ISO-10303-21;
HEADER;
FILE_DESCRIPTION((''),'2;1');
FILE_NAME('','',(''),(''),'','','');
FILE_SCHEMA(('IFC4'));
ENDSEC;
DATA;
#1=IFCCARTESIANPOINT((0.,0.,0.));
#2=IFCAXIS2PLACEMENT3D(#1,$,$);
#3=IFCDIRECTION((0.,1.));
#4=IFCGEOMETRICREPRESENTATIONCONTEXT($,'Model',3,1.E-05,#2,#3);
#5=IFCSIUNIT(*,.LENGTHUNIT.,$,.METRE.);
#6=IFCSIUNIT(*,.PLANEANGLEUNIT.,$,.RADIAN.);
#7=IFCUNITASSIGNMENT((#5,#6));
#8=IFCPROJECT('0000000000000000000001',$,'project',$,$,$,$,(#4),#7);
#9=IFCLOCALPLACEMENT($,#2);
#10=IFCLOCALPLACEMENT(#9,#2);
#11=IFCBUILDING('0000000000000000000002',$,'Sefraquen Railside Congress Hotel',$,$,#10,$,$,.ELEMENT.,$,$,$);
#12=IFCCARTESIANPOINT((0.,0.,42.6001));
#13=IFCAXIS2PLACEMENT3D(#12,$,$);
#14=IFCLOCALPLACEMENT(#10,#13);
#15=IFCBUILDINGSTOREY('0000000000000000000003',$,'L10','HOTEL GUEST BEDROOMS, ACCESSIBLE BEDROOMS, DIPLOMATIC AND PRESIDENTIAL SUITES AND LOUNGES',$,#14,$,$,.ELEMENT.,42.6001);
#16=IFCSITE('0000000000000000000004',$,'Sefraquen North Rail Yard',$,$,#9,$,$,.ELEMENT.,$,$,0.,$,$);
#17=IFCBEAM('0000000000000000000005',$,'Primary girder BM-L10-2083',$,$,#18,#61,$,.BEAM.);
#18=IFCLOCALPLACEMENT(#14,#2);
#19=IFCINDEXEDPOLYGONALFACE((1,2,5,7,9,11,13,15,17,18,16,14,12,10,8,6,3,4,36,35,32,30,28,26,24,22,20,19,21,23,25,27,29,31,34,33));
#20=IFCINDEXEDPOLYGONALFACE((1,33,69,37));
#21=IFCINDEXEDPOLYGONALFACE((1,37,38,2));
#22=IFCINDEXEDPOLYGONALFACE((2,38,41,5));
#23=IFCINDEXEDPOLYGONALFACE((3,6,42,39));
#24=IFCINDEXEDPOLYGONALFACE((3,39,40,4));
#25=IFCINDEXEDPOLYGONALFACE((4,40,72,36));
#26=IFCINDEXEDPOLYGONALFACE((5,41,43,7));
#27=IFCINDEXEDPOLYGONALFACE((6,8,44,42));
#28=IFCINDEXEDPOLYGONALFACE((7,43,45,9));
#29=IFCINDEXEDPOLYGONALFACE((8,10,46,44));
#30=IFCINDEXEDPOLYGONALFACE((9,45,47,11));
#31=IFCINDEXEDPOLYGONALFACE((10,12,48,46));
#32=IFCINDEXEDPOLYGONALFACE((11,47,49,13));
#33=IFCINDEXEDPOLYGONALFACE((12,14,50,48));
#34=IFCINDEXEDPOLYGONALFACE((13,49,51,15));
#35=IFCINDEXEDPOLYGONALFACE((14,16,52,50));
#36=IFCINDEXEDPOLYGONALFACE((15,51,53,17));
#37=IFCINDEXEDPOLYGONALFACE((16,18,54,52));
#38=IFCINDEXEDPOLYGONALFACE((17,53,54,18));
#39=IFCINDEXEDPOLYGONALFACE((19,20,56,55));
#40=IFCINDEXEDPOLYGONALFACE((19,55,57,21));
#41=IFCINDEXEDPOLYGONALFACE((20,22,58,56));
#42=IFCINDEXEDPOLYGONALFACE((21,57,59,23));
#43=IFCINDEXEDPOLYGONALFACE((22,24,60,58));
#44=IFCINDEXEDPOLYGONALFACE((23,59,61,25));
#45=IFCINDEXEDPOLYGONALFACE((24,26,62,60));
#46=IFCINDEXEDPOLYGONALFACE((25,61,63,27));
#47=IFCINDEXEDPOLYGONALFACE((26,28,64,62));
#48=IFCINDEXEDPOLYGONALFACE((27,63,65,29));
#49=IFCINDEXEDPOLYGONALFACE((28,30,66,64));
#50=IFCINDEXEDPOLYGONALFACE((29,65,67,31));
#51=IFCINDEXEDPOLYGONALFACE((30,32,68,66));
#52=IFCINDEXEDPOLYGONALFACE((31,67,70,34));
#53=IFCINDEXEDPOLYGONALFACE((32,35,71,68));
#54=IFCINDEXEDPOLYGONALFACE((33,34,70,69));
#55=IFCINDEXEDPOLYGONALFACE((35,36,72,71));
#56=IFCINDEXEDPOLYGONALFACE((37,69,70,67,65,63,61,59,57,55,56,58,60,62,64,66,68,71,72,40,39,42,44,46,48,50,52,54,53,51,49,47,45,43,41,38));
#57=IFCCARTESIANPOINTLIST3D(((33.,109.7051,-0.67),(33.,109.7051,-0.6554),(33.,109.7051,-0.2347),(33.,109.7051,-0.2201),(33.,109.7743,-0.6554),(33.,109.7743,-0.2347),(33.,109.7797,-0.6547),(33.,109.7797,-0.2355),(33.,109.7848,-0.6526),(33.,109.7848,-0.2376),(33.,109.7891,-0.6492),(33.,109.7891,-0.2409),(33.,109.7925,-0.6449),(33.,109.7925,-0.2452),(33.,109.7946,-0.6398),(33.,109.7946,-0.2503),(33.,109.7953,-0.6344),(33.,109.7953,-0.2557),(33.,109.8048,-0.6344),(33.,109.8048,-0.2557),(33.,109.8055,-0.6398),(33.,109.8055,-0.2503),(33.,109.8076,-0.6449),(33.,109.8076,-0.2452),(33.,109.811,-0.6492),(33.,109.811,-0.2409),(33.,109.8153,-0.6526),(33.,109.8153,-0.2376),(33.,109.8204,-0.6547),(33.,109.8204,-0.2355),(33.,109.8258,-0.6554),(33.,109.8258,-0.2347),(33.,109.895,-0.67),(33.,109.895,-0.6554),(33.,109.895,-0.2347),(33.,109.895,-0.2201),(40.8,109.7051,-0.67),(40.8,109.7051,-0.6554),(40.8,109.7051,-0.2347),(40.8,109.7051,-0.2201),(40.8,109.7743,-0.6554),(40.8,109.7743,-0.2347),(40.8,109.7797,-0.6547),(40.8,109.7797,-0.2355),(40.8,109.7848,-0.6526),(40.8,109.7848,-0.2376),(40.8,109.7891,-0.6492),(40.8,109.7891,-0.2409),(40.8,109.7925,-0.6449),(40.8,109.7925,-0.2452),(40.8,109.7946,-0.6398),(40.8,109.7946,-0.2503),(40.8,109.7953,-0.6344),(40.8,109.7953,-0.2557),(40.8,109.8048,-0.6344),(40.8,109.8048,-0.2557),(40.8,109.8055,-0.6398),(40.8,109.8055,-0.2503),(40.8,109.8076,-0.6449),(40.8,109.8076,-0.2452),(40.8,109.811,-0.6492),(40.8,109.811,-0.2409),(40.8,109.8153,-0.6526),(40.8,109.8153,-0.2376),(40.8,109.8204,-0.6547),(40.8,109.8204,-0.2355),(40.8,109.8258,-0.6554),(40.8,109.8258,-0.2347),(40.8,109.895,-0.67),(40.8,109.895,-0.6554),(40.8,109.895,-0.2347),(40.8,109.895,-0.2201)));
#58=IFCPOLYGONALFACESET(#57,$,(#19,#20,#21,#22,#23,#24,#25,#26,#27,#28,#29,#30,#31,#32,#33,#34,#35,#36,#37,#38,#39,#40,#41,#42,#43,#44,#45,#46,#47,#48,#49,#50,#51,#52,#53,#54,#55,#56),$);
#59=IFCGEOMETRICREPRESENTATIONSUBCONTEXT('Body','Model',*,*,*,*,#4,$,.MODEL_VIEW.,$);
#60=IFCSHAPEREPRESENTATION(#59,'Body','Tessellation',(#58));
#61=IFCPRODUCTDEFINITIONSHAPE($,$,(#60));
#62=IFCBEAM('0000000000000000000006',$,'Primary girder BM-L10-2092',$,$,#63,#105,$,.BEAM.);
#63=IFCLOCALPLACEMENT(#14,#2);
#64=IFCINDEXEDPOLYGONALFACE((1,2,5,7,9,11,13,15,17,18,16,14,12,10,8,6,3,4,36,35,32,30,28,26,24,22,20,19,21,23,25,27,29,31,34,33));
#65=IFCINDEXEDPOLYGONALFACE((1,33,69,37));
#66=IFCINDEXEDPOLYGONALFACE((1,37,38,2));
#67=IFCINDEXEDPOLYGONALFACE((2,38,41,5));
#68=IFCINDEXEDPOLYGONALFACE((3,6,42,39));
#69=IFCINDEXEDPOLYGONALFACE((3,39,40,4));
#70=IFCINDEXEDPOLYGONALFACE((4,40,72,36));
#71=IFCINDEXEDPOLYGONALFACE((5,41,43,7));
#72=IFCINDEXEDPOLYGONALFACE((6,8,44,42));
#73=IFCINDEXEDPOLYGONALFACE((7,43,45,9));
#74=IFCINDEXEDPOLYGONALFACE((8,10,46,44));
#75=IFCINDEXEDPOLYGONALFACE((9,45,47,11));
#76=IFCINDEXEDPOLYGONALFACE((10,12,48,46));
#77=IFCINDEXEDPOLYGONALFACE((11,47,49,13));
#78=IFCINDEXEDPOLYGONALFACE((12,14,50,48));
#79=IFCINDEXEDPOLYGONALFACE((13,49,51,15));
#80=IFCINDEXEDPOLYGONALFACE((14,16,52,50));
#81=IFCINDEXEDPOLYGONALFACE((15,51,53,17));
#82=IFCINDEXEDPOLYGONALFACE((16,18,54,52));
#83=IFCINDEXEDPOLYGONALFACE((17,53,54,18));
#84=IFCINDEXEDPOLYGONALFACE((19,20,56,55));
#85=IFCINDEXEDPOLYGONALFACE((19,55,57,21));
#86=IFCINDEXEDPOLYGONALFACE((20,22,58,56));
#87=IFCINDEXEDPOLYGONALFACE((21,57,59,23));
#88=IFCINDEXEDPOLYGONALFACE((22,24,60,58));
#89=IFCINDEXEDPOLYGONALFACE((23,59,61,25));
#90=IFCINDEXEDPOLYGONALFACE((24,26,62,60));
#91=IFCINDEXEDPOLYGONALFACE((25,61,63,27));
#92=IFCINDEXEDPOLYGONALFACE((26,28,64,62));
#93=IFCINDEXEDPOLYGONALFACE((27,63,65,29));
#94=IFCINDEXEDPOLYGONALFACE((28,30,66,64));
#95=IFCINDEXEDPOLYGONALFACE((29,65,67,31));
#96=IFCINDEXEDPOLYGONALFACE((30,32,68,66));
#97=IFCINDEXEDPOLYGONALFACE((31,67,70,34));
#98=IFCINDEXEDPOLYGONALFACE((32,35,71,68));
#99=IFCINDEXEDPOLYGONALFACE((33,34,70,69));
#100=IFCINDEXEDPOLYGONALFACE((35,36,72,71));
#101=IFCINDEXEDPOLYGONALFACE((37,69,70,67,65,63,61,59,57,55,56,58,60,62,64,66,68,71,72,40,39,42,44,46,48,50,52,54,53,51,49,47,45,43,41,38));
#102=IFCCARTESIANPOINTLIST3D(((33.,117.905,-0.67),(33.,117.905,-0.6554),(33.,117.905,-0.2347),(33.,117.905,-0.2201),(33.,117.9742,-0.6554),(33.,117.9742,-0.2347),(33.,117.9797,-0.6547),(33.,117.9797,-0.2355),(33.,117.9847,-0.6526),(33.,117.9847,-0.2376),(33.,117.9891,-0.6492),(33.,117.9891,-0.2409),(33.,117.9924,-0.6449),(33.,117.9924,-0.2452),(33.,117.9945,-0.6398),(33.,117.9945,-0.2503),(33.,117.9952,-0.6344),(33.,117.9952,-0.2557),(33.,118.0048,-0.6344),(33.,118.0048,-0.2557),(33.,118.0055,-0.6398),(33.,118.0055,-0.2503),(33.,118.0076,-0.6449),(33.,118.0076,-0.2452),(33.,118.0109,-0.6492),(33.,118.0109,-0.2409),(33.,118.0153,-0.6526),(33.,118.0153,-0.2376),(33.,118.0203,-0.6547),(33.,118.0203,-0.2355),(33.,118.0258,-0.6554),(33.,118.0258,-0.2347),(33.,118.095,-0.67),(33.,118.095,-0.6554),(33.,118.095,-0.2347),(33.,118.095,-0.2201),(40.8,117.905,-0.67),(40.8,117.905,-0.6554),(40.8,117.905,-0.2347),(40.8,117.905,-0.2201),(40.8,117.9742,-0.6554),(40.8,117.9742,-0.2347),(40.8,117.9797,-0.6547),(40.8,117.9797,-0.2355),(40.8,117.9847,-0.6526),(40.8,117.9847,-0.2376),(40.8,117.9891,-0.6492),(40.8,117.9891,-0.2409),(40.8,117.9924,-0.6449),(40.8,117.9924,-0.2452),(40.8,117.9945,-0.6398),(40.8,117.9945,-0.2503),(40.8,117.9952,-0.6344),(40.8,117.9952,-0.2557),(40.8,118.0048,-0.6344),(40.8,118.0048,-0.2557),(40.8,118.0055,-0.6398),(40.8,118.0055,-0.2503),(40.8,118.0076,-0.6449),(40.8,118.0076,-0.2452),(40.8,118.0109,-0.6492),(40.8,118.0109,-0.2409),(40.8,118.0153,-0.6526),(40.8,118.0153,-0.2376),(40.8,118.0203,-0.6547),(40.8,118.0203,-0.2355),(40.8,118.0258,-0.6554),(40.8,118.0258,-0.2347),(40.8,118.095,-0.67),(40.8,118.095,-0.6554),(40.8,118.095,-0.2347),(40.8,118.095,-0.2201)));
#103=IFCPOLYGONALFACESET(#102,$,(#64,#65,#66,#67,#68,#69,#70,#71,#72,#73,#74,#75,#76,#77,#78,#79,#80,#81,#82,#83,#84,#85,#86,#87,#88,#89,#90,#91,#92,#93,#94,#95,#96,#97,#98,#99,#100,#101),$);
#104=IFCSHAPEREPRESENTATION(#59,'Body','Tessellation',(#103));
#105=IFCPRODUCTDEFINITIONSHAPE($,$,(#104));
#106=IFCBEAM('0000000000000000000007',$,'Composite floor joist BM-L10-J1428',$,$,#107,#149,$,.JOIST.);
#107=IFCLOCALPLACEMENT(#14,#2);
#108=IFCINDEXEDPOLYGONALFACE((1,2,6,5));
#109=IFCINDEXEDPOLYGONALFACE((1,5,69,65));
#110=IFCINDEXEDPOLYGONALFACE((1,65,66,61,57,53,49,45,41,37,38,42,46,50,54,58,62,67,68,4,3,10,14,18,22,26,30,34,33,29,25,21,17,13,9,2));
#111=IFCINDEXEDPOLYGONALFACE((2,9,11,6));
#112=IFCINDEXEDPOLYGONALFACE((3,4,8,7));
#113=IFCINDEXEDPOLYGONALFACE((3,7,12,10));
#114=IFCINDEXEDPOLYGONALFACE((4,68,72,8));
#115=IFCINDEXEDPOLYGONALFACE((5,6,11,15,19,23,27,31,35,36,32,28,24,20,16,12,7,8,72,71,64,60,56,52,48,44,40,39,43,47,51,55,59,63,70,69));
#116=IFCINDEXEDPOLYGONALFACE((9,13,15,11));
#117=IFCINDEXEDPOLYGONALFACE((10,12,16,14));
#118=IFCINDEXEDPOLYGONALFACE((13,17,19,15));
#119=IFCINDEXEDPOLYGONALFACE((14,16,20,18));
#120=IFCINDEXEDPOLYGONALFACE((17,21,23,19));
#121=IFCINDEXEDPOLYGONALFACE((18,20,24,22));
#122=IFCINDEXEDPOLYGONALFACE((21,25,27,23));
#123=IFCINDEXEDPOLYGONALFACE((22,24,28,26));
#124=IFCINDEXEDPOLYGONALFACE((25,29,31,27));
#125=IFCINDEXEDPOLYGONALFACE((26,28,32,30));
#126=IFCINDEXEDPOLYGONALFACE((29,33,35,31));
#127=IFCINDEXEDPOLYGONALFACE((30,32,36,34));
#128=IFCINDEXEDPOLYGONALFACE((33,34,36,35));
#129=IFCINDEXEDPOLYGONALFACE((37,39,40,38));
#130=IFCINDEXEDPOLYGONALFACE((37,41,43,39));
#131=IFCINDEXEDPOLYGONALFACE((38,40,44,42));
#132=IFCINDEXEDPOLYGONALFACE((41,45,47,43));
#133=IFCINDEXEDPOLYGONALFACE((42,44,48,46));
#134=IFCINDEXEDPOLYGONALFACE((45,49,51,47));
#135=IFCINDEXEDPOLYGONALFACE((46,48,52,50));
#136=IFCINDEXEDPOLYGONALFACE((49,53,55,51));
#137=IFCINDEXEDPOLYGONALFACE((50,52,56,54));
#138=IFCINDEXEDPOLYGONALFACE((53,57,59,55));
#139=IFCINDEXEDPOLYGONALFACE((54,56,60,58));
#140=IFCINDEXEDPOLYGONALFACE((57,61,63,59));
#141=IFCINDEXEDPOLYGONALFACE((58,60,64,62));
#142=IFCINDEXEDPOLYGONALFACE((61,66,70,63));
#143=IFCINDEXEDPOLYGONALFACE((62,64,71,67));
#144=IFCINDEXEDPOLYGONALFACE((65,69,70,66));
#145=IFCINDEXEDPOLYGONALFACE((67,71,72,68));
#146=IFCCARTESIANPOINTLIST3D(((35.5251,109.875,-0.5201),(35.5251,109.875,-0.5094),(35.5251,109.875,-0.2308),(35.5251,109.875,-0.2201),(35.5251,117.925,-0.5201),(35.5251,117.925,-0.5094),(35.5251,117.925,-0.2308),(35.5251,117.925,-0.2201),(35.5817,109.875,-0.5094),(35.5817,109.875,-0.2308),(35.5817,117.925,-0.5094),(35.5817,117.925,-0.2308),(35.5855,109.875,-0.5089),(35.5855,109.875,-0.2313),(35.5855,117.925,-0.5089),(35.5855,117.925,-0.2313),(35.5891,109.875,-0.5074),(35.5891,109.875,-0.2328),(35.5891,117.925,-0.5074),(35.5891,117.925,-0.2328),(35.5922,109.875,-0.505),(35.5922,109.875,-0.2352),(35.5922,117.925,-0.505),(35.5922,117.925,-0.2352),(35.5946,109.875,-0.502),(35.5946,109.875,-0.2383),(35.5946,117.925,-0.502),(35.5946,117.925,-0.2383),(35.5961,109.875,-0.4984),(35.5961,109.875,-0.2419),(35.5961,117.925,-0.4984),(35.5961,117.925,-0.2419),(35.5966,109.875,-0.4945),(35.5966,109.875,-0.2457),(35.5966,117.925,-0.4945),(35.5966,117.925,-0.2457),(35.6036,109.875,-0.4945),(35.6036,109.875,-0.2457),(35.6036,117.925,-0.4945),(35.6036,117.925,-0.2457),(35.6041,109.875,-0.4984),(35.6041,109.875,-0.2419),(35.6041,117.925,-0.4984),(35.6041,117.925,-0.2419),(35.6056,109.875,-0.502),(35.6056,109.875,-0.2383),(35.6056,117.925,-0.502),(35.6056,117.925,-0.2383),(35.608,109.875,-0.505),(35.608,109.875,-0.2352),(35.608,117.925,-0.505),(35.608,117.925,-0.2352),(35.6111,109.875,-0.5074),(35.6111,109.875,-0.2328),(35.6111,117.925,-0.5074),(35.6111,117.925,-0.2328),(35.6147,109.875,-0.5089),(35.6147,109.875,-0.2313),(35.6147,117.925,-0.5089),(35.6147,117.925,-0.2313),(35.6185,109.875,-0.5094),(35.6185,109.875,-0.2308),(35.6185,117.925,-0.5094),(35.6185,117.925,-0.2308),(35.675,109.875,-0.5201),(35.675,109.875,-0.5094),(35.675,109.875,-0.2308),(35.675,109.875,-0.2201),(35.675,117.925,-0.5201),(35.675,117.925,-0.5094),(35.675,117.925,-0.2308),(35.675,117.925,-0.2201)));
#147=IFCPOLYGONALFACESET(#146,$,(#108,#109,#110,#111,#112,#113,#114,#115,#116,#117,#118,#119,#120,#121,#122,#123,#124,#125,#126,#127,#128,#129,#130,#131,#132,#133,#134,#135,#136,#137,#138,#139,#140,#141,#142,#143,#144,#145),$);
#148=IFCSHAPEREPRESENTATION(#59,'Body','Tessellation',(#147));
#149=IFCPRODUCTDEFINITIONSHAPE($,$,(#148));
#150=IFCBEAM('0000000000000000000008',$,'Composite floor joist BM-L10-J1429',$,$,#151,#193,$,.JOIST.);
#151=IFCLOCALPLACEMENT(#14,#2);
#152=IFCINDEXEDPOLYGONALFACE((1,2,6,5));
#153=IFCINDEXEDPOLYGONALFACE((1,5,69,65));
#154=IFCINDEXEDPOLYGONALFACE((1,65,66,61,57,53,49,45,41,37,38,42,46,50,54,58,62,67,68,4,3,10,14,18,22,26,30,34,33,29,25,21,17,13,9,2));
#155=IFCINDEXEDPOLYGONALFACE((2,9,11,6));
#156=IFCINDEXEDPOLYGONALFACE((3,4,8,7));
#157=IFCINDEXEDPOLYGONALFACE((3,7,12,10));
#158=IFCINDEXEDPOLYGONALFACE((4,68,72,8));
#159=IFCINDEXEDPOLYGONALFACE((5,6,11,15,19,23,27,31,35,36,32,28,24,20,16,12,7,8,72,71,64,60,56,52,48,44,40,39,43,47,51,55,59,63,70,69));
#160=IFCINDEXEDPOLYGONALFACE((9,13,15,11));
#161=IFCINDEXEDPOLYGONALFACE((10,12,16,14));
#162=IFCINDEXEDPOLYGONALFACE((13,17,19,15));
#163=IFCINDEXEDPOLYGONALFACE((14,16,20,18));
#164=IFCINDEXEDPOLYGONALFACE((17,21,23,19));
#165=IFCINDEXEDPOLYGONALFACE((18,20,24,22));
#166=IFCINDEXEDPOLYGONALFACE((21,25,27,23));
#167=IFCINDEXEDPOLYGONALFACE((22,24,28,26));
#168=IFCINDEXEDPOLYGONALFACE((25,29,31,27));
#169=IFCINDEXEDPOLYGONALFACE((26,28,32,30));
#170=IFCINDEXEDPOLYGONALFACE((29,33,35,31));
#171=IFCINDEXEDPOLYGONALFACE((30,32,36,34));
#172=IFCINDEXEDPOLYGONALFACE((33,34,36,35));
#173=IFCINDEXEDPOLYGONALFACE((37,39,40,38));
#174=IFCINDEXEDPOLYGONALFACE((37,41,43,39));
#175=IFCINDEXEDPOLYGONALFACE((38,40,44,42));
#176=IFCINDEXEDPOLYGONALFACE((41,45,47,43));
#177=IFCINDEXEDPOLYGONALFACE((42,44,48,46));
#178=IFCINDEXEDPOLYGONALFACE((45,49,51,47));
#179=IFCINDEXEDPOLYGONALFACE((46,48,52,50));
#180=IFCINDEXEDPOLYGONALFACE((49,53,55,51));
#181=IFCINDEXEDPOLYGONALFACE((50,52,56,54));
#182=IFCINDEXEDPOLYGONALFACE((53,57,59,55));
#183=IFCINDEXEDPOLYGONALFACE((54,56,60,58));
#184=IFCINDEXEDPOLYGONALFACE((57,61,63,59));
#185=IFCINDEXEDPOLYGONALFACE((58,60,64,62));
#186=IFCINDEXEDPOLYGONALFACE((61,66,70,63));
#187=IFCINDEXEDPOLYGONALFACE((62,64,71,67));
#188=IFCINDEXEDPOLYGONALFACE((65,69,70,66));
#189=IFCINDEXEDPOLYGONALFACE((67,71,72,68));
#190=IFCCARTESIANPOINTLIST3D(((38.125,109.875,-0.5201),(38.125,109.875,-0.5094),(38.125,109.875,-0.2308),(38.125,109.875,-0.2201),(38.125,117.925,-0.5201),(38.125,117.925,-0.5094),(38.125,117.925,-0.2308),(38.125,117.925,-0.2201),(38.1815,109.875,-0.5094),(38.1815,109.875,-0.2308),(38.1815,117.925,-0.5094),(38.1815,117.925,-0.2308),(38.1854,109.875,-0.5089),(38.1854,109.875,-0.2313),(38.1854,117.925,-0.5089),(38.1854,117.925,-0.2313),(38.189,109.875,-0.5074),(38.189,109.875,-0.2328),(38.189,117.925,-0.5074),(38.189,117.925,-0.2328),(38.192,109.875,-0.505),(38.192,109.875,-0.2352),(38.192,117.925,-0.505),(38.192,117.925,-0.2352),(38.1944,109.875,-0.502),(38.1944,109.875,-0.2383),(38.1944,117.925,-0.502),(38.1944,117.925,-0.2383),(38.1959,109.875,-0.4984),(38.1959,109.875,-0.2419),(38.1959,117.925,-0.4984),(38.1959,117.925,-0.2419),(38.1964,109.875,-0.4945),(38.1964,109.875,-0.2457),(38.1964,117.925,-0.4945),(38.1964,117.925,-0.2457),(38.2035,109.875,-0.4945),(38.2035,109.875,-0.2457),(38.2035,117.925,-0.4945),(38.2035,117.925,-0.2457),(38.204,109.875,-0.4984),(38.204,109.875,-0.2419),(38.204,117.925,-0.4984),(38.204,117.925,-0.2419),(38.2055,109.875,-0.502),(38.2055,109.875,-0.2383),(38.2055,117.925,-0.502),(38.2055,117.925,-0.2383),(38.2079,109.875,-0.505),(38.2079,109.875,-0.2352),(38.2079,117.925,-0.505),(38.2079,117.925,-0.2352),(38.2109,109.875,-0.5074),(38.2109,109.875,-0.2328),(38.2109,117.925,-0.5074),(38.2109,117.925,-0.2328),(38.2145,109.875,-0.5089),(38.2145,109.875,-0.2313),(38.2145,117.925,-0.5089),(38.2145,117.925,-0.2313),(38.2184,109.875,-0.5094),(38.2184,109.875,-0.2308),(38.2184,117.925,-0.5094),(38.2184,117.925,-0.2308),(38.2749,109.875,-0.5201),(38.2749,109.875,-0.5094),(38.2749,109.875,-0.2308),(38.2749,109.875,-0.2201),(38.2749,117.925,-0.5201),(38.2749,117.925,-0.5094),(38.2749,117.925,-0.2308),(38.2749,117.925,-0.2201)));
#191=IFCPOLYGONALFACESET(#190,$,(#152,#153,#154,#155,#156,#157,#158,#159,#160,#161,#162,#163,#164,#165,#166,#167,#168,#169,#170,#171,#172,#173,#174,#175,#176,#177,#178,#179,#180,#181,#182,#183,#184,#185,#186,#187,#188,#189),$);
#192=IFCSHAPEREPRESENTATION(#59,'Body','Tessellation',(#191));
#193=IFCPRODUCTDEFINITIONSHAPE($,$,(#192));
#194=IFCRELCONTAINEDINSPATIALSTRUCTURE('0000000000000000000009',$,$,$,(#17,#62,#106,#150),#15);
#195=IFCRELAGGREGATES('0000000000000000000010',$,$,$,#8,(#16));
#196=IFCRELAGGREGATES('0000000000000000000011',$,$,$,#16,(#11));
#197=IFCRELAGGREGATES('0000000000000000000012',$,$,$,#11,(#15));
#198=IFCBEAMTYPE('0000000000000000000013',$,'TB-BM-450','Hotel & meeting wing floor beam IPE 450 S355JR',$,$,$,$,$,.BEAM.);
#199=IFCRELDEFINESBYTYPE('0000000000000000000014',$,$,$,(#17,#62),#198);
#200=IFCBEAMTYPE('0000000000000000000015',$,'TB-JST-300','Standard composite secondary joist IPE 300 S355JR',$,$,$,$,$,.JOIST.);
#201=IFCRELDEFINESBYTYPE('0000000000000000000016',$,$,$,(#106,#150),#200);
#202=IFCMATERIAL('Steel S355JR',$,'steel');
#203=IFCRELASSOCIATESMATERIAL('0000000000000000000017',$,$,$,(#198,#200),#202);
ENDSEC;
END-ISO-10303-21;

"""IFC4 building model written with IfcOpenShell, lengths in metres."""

from ifc_helpers import new_model, si_unit, direction, frame, origin, origin_2d, place, context, subcontext, project, spatial, i_section, extrude, material, material_profile, profile_set, type_object, element, save


model = new_model("IFC4")

# Units and contexts
model_context = context("Model", 3, precision=1e-05, world=origin(), true_north=direction((0.0, 1.0)))
body_context = subcontext(model_context, "Body", "Model", "MODEL_VIEW")
ifc_project = project(units=[si_unit("LENGTHUNIT", "METRE"), si_unit("PLANEANGLEUNIT", "RADIAN")], contexts=[model_context])

# Site, building, storey
site_placement = place(None, origin())
site = spatial("IfcSite", under=ifc_project, at=site_placement, Name="Sefraquen North Rail Yard", CompositionType="ELEMENT", RefElevation=0.0)
building_placement = place(site_placement, origin())
building = spatial("IfcBuilding", under=site, at=building_placement, Name="Sefraquen Railside Congress Hotel", CompositionType="ELEMENT")
storey_placement = place(building_placement, frame((0.0, 0.0, 42.6001)))
storey = spatial("IfcBuildingStorey", under=building, at=storey_placement, Name="L10", Description="HOTEL GUEST BEDROOMS, ACCESSIBLE BEDROOMS, DIPLOMATIC AND PRESIDENTIAL SUITES AND LOUNGES", CompositionType="ELEMENT", Elevation=42.6001)

# Shared definitions
ifc_material_1 = material(Name="Steel S355JR", Category="steel")

# Beams
ifc_material_profile_1 = material_profile(ifc_material_1, i_section(OverallWidth=0.1899, OverallDepth=0.45, WebThickness=0.0095, FlangeThickness=0.0146, FilletRadius=0.021, at=origin_2d()), Name="IPE 450")
ifc_profile_set_1 = profile_set([ifc_material_profile_1], Name="Steel S355JR")
beam_type_1 = type_object("IfcBeamType", Name="TB-BM-450", Description="Hotel & meeting wing floor beam IPE 450 S355JR", PredefinedType="BEAM", material=ifc_profile_set_1)
for number, where, z_axis, x_axis, name in (
    (1, (33.0, 109.8, -0.4451), (1.0, 0.0, 0.0), (0.0, 1.0, 0.0), "Primary girder BM-L10-2083"),
    (2, (33.0, 118.0, -0.4451), (1.0, 0.0, 0.0), (0.0, 1.0, 0.0), "Primary girder BM-L10-2092"),
):
    element("IfcBeam", number, at=place(storey_placement, frame(where, z_axis=z_axis, x_axis=x_axis)), inside=storey, type_object=beam_type_1, Name=name, PredefinedType="BEAM", context=body_context, shape_type="SweptSolid", body=[
        extrude(i_section(OverallWidth=0.1899, OverallDepth=0.45, WebThickness=0.0095, FlangeThickness=0.0146, FilletRadius=0.021, at=origin_2d()), origin(), (0.0, 0.0, 1.0), 7.8),
    ])
ifc_material_profile_2 = material_profile(ifc_material_1, i_section(OverallWidth=0.1499, OverallDepth=0.3, WebThickness=0.0071, FlangeThickness=0.0107, FilletRadius=0.0149, at=origin_2d()), Name="IPE 300")
ifc_profile_set_2 = profile_set([ifc_material_profile_2], Name="Steel S355JR")
beam_type_2 = type_object("IfcBeamType", Name="TB-JST-300", Description="Standard composite secondary joist IPE 300 S355JR", PredefinedType="JOIST", material=ifc_profile_set_2)
for number, where, z_axis, x_axis, name in (
    (3, (35.6001, 109.875, -0.3701), (0.0, 1.0, 0.0), (-1.0, 0.0, 0.0), "Composite floor joist BM-L10-J1428"),
    (4, (38.2, 109.875, -0.3701), (0.0, 1.0, 0.0), (-1.0, 0.0, 0.0), "Composite floor joist BM-L10-J1429"),
):
    element("IfcBeam", number, at=place(storey_placement, frame(where, z_axis=z_axis, x_axis=x_axis)), inside=storey, type_object=beam_type_2, Name=name, PredefinedType="JOIST", context=body_context, shape_type="SweptSolid", body=[
        extrude(i_section(OverallWidth=0.1499, OverallDepth=0.3, WebThickness=0.0071, FlangeThickness=0.0107, FilletRadius=0.0149, at=origin_2d()), origin(), (0.0, 0.0, 1.0), 8.05),
    ])

save(model, "model.ifc")
